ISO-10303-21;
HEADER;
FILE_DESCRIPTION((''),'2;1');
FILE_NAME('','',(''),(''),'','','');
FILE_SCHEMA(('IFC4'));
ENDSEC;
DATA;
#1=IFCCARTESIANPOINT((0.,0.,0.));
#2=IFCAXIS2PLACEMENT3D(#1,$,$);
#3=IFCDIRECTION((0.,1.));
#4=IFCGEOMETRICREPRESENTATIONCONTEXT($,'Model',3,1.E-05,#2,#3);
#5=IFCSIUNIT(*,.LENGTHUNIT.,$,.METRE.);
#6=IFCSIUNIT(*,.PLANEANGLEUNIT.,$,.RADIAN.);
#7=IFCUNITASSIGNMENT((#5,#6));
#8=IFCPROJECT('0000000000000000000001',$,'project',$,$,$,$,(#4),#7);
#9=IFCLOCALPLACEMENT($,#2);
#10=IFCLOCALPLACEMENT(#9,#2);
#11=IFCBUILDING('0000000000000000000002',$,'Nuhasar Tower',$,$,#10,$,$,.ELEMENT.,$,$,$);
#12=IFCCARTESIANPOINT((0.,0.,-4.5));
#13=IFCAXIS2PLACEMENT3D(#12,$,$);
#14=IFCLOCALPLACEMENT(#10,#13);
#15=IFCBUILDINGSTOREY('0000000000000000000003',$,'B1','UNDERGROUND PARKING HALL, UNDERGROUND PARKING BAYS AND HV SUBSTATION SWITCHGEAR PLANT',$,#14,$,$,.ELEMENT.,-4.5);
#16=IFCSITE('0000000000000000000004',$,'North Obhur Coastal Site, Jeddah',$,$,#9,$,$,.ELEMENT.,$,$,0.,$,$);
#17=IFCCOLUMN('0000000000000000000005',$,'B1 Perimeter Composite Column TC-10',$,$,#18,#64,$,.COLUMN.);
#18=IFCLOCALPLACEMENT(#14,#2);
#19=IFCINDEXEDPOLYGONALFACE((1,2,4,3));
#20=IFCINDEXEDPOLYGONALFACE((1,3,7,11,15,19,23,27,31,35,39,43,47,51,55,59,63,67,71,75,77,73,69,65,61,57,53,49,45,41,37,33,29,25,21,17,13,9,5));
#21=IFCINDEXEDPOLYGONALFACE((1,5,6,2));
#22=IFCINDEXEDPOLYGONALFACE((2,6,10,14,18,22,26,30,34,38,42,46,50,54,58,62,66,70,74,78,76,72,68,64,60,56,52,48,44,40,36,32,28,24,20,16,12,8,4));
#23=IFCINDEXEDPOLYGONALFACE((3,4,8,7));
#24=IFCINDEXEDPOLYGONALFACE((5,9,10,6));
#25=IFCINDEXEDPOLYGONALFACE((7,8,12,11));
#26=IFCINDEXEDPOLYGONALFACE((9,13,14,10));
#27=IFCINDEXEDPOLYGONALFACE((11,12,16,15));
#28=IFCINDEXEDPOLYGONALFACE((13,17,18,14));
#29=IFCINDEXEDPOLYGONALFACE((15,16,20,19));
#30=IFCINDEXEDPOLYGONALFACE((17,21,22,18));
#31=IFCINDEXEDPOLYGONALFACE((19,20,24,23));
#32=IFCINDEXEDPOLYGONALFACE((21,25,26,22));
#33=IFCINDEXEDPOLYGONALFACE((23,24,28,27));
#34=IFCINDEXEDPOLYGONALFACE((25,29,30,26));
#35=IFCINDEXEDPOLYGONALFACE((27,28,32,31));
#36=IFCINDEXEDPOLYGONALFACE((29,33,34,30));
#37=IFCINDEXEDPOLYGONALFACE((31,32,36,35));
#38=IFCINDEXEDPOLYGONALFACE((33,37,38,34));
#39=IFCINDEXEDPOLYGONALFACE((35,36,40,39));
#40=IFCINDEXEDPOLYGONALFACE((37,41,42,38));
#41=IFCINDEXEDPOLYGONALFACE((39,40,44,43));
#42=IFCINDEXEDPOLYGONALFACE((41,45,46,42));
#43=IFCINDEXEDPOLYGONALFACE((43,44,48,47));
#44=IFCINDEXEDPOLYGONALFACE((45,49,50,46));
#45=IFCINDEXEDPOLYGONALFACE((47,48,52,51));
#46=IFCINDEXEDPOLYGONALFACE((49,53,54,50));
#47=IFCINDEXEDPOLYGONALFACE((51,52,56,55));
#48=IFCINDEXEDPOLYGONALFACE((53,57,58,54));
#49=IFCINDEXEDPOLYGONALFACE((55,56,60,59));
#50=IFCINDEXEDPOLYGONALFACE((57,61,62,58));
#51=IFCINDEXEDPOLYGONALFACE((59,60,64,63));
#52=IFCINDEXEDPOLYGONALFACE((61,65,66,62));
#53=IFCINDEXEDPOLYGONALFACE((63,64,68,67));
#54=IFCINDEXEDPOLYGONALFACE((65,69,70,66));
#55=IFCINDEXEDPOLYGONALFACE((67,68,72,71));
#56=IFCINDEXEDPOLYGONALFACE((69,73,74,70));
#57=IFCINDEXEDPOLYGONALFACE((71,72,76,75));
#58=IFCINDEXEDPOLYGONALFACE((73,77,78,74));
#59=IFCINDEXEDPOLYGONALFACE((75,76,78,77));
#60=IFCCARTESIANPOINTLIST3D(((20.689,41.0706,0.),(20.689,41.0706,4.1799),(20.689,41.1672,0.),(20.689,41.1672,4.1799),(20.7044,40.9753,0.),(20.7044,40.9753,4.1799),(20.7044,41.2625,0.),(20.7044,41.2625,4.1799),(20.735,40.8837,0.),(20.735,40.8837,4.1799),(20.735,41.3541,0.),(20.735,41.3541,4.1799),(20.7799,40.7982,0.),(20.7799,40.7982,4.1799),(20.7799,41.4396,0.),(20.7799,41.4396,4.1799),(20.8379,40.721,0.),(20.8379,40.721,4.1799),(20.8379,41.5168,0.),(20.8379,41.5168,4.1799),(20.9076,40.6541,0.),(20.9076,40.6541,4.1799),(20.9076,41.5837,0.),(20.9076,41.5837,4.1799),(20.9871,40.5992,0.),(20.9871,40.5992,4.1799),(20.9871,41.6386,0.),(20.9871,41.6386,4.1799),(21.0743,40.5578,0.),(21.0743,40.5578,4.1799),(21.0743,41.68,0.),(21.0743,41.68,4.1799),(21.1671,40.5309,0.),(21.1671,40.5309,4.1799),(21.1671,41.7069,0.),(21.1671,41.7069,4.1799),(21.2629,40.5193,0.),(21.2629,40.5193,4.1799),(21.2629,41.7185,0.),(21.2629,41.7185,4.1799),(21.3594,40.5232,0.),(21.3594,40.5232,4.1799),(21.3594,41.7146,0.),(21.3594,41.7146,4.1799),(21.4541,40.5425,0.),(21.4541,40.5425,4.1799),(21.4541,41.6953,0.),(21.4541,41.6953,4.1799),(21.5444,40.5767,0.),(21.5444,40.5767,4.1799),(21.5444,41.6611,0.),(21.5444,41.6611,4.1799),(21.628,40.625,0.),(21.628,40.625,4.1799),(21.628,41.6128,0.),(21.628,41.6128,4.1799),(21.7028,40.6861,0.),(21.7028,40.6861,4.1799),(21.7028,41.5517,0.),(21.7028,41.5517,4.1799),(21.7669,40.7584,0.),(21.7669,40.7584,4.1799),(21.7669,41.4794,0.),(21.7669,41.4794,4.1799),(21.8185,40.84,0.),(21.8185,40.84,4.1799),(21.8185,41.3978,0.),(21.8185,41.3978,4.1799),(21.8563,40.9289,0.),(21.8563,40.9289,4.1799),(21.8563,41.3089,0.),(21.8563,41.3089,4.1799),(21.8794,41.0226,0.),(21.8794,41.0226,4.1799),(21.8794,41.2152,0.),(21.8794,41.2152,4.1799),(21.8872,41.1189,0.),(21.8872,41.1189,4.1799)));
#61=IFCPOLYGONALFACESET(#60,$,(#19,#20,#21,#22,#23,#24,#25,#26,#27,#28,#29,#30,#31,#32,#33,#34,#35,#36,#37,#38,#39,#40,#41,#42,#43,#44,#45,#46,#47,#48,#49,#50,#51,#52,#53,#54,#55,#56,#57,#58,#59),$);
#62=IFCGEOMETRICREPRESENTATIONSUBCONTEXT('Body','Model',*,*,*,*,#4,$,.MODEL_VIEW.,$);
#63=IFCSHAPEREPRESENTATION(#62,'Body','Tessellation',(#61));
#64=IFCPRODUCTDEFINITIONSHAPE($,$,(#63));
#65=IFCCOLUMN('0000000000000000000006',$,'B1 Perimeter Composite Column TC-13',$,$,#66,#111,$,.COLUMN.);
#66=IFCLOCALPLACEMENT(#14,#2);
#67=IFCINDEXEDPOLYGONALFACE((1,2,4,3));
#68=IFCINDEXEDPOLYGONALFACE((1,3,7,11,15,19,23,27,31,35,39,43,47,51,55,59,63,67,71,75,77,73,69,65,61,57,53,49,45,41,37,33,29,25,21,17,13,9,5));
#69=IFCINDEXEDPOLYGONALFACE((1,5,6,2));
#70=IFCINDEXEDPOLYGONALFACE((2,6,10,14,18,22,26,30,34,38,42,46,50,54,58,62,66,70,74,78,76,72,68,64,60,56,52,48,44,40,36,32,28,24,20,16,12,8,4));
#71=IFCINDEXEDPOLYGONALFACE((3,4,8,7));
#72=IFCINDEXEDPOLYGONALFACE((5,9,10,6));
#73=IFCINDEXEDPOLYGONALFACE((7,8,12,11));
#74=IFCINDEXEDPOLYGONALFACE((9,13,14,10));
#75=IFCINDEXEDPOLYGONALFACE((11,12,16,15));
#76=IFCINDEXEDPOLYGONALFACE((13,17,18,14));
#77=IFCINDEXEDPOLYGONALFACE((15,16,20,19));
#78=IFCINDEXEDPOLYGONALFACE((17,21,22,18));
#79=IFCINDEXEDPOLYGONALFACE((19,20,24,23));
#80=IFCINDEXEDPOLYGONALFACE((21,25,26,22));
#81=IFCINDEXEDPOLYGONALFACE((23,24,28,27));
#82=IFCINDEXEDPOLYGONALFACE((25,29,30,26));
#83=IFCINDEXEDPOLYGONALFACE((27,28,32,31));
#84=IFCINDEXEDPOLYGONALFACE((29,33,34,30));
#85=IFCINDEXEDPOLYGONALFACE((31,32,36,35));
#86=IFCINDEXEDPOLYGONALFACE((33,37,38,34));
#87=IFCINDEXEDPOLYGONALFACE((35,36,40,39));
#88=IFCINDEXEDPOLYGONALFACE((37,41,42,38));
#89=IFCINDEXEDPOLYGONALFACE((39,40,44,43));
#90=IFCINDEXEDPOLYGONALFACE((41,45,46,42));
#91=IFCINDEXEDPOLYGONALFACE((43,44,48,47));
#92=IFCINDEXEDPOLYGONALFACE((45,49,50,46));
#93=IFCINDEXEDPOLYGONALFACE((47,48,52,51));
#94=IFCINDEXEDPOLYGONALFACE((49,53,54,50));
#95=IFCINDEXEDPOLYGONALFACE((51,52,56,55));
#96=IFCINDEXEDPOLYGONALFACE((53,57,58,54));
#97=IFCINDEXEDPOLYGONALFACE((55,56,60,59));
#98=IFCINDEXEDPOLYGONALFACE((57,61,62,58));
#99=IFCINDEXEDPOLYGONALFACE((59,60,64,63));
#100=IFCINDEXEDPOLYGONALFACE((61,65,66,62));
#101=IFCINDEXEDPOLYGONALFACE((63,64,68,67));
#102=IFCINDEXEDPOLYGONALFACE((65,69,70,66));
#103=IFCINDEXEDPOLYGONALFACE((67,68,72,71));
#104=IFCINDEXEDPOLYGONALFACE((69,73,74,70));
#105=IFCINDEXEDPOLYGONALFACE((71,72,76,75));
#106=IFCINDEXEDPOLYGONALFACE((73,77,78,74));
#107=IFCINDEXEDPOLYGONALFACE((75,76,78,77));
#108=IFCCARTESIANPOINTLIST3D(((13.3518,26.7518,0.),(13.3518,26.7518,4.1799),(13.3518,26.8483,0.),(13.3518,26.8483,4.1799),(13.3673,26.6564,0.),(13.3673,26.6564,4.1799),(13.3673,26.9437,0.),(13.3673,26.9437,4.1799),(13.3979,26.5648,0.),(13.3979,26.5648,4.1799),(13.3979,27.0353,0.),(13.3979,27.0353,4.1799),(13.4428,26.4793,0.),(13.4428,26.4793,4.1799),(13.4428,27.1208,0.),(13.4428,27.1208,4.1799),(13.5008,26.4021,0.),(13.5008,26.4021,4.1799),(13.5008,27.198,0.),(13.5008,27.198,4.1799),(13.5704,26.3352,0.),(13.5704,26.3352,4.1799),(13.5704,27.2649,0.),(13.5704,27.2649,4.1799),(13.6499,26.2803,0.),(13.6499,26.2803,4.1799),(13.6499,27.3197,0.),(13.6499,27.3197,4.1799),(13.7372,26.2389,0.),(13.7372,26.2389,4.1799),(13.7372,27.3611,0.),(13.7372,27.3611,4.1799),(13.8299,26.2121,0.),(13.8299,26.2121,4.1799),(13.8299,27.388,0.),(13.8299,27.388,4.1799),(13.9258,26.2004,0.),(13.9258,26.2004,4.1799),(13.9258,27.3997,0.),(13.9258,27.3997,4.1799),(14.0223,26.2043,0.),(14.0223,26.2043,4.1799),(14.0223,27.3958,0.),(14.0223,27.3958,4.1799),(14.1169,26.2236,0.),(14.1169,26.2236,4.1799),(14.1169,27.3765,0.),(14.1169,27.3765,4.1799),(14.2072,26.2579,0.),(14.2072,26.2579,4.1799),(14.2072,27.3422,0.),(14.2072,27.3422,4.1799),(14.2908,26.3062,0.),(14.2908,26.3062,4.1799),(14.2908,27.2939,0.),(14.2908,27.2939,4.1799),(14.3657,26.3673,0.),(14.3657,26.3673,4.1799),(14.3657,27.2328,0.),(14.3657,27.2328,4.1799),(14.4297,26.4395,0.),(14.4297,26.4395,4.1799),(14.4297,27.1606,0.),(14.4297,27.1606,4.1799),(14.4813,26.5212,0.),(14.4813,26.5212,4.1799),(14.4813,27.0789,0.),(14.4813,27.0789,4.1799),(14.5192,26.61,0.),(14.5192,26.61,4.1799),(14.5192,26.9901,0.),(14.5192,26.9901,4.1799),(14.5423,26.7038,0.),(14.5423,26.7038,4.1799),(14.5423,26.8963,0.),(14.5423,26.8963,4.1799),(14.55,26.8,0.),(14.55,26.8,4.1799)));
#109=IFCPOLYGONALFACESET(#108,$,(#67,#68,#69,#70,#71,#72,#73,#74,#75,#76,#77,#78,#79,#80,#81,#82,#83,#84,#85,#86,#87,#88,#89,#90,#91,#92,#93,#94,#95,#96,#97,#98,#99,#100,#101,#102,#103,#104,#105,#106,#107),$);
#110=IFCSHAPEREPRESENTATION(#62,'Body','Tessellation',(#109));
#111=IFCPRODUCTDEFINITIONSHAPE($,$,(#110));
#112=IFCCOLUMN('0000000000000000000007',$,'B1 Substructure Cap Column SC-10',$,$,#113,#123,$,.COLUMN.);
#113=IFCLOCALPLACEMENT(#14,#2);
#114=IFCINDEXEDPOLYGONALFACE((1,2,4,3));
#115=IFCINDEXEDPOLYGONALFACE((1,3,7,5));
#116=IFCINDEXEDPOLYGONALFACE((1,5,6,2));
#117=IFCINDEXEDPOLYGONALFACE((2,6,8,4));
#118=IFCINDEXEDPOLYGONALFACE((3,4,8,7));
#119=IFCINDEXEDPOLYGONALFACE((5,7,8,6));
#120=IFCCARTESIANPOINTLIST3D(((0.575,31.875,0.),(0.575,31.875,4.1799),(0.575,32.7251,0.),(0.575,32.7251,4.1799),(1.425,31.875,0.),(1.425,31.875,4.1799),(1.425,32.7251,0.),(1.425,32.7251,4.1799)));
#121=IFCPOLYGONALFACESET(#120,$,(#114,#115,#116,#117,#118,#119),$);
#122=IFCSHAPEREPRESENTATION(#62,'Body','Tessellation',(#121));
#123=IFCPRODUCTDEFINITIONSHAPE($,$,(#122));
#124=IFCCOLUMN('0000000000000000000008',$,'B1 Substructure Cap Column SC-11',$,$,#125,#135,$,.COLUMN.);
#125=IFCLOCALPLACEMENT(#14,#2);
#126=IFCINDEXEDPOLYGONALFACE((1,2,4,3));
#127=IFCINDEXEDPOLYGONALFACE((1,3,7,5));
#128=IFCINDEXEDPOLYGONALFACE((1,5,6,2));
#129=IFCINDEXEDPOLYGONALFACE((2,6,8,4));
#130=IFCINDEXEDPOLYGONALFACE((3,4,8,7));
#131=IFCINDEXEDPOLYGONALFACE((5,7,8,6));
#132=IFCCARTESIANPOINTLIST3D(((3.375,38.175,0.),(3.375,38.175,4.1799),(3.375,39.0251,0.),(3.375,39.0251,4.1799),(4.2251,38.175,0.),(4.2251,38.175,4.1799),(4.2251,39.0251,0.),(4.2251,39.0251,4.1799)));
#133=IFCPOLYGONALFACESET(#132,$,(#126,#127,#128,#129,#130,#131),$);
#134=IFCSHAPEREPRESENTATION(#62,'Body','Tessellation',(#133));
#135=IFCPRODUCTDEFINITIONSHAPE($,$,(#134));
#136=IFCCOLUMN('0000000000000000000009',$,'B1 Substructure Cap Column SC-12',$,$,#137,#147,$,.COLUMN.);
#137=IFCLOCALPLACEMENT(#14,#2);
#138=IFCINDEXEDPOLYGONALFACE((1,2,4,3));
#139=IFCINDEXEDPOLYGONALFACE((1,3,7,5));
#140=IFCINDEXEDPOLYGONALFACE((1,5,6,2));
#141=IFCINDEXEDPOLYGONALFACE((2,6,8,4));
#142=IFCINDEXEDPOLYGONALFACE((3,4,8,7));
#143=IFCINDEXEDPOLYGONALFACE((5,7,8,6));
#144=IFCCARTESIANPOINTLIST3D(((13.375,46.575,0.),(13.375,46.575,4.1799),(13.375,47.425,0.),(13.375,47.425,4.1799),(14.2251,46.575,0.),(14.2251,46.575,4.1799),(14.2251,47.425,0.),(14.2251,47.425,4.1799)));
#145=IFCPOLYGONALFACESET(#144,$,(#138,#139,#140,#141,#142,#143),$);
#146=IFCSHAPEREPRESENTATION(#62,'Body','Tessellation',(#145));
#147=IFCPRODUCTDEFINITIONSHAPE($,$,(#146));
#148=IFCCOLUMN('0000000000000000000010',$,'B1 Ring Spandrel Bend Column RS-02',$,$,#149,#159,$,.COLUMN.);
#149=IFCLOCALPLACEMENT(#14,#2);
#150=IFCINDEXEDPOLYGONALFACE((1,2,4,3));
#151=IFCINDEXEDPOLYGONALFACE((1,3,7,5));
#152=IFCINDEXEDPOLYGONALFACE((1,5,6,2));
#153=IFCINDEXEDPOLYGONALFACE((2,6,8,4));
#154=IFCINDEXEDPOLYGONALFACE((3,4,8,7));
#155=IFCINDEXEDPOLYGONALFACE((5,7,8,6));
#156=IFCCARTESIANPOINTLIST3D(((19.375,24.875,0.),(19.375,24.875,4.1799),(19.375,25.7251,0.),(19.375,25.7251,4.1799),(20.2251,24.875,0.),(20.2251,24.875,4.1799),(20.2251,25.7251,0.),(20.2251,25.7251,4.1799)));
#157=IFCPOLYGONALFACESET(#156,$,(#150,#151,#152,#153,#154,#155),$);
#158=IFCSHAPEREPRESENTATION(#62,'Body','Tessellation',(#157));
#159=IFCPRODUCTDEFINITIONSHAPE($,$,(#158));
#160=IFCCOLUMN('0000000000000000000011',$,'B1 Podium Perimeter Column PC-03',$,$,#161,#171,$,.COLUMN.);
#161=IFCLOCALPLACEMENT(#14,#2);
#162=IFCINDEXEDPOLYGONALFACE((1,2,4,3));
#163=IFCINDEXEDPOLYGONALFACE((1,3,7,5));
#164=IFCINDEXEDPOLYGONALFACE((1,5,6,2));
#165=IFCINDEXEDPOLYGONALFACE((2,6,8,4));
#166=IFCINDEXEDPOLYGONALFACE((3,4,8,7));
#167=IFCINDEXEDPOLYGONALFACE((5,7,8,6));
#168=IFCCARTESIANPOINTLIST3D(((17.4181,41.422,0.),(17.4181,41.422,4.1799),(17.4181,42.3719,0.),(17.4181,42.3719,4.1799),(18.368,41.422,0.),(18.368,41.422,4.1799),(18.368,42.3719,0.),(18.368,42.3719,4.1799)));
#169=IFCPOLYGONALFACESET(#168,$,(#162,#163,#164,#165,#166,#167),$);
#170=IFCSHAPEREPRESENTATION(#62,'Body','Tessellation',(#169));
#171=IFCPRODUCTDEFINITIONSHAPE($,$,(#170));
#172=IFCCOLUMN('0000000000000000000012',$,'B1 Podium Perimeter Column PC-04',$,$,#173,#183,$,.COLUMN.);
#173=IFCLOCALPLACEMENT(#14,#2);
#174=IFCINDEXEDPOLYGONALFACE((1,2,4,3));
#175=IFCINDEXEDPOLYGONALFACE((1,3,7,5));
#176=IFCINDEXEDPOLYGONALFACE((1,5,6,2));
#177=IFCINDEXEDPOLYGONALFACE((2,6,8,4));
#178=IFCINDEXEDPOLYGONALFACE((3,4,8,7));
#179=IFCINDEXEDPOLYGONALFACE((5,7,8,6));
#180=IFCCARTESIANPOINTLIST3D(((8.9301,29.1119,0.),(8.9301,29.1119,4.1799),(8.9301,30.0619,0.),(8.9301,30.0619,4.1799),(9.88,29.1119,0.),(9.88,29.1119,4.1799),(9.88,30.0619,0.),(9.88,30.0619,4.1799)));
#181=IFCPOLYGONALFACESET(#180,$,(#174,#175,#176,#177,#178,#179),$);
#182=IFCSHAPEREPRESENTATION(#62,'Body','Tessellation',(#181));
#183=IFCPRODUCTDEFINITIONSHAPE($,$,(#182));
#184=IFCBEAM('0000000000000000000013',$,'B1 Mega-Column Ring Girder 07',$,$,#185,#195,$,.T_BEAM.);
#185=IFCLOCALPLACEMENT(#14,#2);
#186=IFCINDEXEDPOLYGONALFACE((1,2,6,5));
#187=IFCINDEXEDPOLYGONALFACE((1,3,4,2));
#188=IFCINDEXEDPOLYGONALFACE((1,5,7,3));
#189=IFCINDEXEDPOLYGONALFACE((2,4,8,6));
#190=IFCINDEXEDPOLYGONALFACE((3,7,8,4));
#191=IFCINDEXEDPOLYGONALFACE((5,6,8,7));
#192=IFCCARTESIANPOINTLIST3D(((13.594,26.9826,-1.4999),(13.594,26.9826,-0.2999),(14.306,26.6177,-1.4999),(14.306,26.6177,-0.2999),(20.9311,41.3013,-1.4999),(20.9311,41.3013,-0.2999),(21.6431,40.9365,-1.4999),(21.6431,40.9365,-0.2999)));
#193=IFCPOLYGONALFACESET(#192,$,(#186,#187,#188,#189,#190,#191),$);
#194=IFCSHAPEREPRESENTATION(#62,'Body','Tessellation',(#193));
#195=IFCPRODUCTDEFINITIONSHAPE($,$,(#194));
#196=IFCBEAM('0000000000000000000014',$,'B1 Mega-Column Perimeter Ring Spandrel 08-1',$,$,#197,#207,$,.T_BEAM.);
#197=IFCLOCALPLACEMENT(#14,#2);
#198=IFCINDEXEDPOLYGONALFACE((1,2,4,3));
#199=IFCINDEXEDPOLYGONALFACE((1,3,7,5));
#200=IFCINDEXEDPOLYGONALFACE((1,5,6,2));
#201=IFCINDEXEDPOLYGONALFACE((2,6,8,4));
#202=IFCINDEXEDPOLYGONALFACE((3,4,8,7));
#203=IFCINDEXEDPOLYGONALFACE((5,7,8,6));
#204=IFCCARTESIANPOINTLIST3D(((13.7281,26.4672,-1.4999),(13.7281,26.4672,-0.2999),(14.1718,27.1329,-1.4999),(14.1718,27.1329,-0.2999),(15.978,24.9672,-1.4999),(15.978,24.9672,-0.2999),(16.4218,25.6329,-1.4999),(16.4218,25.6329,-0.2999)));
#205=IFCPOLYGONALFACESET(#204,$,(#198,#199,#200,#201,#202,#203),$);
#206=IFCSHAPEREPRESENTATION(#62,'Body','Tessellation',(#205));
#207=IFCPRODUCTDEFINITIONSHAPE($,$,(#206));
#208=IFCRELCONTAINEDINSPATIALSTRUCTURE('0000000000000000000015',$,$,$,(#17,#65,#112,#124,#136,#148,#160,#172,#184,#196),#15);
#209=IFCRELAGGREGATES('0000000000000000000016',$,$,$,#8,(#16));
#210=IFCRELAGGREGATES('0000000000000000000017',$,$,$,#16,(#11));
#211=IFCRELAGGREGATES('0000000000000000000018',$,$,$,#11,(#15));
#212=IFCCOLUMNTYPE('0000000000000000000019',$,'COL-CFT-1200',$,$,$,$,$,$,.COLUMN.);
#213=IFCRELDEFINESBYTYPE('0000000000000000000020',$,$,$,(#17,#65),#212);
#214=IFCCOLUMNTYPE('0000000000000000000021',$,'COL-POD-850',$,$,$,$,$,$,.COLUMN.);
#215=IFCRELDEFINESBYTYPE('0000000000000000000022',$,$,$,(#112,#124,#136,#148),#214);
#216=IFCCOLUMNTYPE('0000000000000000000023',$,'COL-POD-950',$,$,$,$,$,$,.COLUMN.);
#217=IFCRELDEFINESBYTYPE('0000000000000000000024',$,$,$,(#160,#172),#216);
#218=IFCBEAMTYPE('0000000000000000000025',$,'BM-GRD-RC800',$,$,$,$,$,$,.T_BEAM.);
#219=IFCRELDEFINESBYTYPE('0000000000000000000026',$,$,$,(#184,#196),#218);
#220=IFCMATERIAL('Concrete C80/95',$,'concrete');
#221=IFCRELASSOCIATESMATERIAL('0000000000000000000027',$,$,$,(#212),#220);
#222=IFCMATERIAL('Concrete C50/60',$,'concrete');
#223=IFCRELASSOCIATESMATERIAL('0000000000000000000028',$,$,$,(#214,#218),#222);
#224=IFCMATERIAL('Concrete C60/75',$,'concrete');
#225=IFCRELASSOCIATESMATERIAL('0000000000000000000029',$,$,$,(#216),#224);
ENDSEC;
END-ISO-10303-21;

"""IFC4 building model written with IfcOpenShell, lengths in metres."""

from ifc_helpers import new_model, si_unit, direction, frame, origin, origin_2d, place, context, subcontext, project, spatial, rectangle, circle, extrude, material, material_profile, profile_set, type_object, element, save


model = new_model("IFC4")

# Units and contexts
model_context = context("Model", 3, precision=1e-05, world=origin(), true_north=direction((0.0, 1.0)))
body_context = subcontext(model_context, "Body", "Model", "MODEL_VIEW")
ifc_project = project(units=[si_unit("LENGTHUNIT", "METRE"), si_unit("PLANEANGLEUNIT", "RADIAN")], contexts=[model_context])

# Site, building, storey
site_placement = place(None, origin())
site = spatial("IfcSite", under=ifc_project, at=site_placement, Name="North Obhur Coastal Site, Jeddah", CompositionType="ELEMENT", RefElevation=0.0)
building_placement = place(site_placement, origin())
building = spatial("IfcBuilding", under=site, at=building_placement, Name="Nuhasar Tower", CompositionType="ELEMENT")
storey_placement = place(building_placement, frame((0.0, 0.0, -4.5)))
storey = spatial("IfcBuildingStorey", under=building, at=storey_placement, Name="B1", Description="UNDERGROUND PARKING HALL, UNDERGROUND PARKING BAYS AND HV SUBSTATION SWITCHGEAR PLANT", CompositionType="ELEMENT", Elevation=-4.5)

# Columns
ifc_material_1 = material(Name="Concrete C80/95", Category="concrete")
ifc_material_profile_1 = material_profile(ifc_material_1, circle(Radius=0.6001, at=origin_2d()), Name="CFT1200")
ifc_profile_set_1 = profile_set([ifc_material_profile_1], Name="Concrete C80/95")
column_type_1 = type_object("IfcColumnType", Name="COL-CFT-1200", PredefinedType="COLUMN", material=ifc_profile_set_1)
for number, where, z_axis, x_axis, name in (
    (1, (21.2871, 41.1189, 0.0), (0.0, 0.0, 1.0), (1.0, 0.0, 0.0), "B1 Perimeter Composite Column TC-10"),
    (2, (13.95, 26.8, 0.0), (0.0, 0.0, 1.0), (1.0, 0.0, 0.0), "B1 Perimeter Composite Column TC-13"),
):
    element("IfcColumn", number, at=place(storey_placement, frame(where, z_axis=z_axis, x_axis=x_axis)), inside=storey, type_object=column_type_1, Name=name, PredefinedType="COLUMN", context=body_context, shape_type="SweptSolid", body=[
        extrude(circle(Radius=0.6001, at=origin_2d()), origin(), (0.0, 0.0, 1.0), 4.1799),
    ])
ifc_material_2 = material(Name="Concrete C50/60", Category="concrete")
ifc_material_profile_2 = material_profile(ifc_material_2, rectangle(XDim=0.8501, YDim=0.8501, at=origin_2d()), Name="RC850X850")
ifc_profile_set_2 = profile_set([ifc_material_profile_2], Name="Concrete C50/60")
column_type_2 = type_object("IfcColumnType", Name="COL-POD-850", PredefinedType="COLUMN", material=ifc_profile_set_2)
for number, where, z_axis, x_axis, name in (
    (3, (1.0, 32.3, 0.0), (0.0, 0.0, 1.0), (1.0, 0.0, 0.0), "B1 Substructure Cap Column SC-10"),
    (4, (3.8, 38.6001, 0.0), (0.0, 0.0, 1.0), (1.0, 0.0, 0.0), "B1 Substructure Cap Column SC-11"),
    (5, (13.8, 47.0, 0.0), (0.0, 0.0, 1.0), (1.0, 0.0, 0.0), "B1 Substructure Cap Column SC-12"),
    (6, (19.8, 25.3, 0.0), (0.0, 0.0, 1.0), (1.0, 0.0, 0.0), "B1 Ring Spandrel Bend Column RS-02"),
):
    element("IfcColumn", number, at=place(storey_placement, frame(where, z_axis=z_axis, x_axis=x_axis)), inside=storey, type_object=column_type_2, Name=name, PredefinedType="COLUMN", context=body_context, shape_type="SweptSolid", body=[
        extrude(rectangle(XDim=0.8501, YDim=0.8501, at=origin_2d()), origin(), (0.0, 0.0, 1.0), 4.1799),
    ])
ifc_material_3 = material(Name="Concrete C60/75", Category="concrete")
ifc_material_profile_3 = material_profile(ifc_material_3, rectangle(XDim=0.95, YDim=0.95, at=origin_2d()), Name="RC950X950")
ifc_profile_set_3 = profile_set([ifc_material_profile_3], Name="Concrete C60/75")
column_type_3 = type_object("IfcColumnType", Name="COL-POD-950", PredefinedType="COLUMN", material=ifc_profile_set_3)
for number, where, z_axis, x_axis, name in (
    (7, (17.8931, 41.897, 0.0), (0.0, 0.0, 1.0), (1.0, 0.0, 0.0), "B1 Podium Perimeter Column PC-03"),
    (8, (9.405, 29.5869, 0.0), (0.0, 0.0, 1.0), (1.0, 0.0, 0.0), "B1 Podium Perimeter Column PC-04"),
):
    element("IfcColumn", number, at=place(storey_placement, frame(where, z_axis=z_axis, x_axis=x_axis)), inside=storey, type_object=column_type_3, Name=name, PredefinedType="COLUMN", context=body_context, shape_type="SweptSolid", body=[
        extrude(rectangle(XDim=0.95, YDim=0.95, at=origin_2d()), origin(), (0.0, 0.0, 1.0), 4.1799),
    ])

# Beams
ifc_material_profile_4 = material_profile(ifc_material_2, rectangle(XDim=0.8, YDim=1.2, at=origin_2d()), Name="RC800X1200")
ifc_profile_set_4 = profile_set([ifc_material_profile_4], Name="Concrete C50/60")
beam_type_1 = type_object("IfcBeamType", Name="BM-GRD-RC800", PredefinedType="T_BEAM", material=ifc_profile_set_4)
beam_1_placement = place(storey_placement, frame((21.2871, 41.1189, -0.8999), z_axis=(-0.456029, -0.889965, 0.0), x_axis=(0.889965, -0.456029, 0.0)))
element("IfcBeam", 9, at=beam_1_placement, inside=storey, type_object=beam_type_1, Name="B1 Mega-Column Ring Girder 07", PredefinedType="T_BEAM", context=body_context, shape_type="SweptSolid", body=[
    extrude(rectangle(XDim=0.8, YDim=1.2, at=origin_2d()), origin(), (0.0, 0.0, 1.0), 16.0891),
])
beam_2_placement = place(storey_placement, frame((13.95, 26.8, -0.8999), z_axis=(0.83205, -0.5547, 0.0), x_axis=(0.5547, 0.83205, 0.0)))
element("IfcBeam", 10, at=beam_2_placement, inside=storey, type_object=beam_type_1, Name="B1 Mega-Column Perimeter Ring Spandrel 08-1", PredefinedType="T_BEAM", context=body_context, shape_type="SweptSolid", body=[
    extrude(rectangle(XDim=0.8, YDim=1.2, at=origin_2d()), origin(), (0.0, 0.0, 1.0), 2.7041),
])

save(model, "model.ifc")
